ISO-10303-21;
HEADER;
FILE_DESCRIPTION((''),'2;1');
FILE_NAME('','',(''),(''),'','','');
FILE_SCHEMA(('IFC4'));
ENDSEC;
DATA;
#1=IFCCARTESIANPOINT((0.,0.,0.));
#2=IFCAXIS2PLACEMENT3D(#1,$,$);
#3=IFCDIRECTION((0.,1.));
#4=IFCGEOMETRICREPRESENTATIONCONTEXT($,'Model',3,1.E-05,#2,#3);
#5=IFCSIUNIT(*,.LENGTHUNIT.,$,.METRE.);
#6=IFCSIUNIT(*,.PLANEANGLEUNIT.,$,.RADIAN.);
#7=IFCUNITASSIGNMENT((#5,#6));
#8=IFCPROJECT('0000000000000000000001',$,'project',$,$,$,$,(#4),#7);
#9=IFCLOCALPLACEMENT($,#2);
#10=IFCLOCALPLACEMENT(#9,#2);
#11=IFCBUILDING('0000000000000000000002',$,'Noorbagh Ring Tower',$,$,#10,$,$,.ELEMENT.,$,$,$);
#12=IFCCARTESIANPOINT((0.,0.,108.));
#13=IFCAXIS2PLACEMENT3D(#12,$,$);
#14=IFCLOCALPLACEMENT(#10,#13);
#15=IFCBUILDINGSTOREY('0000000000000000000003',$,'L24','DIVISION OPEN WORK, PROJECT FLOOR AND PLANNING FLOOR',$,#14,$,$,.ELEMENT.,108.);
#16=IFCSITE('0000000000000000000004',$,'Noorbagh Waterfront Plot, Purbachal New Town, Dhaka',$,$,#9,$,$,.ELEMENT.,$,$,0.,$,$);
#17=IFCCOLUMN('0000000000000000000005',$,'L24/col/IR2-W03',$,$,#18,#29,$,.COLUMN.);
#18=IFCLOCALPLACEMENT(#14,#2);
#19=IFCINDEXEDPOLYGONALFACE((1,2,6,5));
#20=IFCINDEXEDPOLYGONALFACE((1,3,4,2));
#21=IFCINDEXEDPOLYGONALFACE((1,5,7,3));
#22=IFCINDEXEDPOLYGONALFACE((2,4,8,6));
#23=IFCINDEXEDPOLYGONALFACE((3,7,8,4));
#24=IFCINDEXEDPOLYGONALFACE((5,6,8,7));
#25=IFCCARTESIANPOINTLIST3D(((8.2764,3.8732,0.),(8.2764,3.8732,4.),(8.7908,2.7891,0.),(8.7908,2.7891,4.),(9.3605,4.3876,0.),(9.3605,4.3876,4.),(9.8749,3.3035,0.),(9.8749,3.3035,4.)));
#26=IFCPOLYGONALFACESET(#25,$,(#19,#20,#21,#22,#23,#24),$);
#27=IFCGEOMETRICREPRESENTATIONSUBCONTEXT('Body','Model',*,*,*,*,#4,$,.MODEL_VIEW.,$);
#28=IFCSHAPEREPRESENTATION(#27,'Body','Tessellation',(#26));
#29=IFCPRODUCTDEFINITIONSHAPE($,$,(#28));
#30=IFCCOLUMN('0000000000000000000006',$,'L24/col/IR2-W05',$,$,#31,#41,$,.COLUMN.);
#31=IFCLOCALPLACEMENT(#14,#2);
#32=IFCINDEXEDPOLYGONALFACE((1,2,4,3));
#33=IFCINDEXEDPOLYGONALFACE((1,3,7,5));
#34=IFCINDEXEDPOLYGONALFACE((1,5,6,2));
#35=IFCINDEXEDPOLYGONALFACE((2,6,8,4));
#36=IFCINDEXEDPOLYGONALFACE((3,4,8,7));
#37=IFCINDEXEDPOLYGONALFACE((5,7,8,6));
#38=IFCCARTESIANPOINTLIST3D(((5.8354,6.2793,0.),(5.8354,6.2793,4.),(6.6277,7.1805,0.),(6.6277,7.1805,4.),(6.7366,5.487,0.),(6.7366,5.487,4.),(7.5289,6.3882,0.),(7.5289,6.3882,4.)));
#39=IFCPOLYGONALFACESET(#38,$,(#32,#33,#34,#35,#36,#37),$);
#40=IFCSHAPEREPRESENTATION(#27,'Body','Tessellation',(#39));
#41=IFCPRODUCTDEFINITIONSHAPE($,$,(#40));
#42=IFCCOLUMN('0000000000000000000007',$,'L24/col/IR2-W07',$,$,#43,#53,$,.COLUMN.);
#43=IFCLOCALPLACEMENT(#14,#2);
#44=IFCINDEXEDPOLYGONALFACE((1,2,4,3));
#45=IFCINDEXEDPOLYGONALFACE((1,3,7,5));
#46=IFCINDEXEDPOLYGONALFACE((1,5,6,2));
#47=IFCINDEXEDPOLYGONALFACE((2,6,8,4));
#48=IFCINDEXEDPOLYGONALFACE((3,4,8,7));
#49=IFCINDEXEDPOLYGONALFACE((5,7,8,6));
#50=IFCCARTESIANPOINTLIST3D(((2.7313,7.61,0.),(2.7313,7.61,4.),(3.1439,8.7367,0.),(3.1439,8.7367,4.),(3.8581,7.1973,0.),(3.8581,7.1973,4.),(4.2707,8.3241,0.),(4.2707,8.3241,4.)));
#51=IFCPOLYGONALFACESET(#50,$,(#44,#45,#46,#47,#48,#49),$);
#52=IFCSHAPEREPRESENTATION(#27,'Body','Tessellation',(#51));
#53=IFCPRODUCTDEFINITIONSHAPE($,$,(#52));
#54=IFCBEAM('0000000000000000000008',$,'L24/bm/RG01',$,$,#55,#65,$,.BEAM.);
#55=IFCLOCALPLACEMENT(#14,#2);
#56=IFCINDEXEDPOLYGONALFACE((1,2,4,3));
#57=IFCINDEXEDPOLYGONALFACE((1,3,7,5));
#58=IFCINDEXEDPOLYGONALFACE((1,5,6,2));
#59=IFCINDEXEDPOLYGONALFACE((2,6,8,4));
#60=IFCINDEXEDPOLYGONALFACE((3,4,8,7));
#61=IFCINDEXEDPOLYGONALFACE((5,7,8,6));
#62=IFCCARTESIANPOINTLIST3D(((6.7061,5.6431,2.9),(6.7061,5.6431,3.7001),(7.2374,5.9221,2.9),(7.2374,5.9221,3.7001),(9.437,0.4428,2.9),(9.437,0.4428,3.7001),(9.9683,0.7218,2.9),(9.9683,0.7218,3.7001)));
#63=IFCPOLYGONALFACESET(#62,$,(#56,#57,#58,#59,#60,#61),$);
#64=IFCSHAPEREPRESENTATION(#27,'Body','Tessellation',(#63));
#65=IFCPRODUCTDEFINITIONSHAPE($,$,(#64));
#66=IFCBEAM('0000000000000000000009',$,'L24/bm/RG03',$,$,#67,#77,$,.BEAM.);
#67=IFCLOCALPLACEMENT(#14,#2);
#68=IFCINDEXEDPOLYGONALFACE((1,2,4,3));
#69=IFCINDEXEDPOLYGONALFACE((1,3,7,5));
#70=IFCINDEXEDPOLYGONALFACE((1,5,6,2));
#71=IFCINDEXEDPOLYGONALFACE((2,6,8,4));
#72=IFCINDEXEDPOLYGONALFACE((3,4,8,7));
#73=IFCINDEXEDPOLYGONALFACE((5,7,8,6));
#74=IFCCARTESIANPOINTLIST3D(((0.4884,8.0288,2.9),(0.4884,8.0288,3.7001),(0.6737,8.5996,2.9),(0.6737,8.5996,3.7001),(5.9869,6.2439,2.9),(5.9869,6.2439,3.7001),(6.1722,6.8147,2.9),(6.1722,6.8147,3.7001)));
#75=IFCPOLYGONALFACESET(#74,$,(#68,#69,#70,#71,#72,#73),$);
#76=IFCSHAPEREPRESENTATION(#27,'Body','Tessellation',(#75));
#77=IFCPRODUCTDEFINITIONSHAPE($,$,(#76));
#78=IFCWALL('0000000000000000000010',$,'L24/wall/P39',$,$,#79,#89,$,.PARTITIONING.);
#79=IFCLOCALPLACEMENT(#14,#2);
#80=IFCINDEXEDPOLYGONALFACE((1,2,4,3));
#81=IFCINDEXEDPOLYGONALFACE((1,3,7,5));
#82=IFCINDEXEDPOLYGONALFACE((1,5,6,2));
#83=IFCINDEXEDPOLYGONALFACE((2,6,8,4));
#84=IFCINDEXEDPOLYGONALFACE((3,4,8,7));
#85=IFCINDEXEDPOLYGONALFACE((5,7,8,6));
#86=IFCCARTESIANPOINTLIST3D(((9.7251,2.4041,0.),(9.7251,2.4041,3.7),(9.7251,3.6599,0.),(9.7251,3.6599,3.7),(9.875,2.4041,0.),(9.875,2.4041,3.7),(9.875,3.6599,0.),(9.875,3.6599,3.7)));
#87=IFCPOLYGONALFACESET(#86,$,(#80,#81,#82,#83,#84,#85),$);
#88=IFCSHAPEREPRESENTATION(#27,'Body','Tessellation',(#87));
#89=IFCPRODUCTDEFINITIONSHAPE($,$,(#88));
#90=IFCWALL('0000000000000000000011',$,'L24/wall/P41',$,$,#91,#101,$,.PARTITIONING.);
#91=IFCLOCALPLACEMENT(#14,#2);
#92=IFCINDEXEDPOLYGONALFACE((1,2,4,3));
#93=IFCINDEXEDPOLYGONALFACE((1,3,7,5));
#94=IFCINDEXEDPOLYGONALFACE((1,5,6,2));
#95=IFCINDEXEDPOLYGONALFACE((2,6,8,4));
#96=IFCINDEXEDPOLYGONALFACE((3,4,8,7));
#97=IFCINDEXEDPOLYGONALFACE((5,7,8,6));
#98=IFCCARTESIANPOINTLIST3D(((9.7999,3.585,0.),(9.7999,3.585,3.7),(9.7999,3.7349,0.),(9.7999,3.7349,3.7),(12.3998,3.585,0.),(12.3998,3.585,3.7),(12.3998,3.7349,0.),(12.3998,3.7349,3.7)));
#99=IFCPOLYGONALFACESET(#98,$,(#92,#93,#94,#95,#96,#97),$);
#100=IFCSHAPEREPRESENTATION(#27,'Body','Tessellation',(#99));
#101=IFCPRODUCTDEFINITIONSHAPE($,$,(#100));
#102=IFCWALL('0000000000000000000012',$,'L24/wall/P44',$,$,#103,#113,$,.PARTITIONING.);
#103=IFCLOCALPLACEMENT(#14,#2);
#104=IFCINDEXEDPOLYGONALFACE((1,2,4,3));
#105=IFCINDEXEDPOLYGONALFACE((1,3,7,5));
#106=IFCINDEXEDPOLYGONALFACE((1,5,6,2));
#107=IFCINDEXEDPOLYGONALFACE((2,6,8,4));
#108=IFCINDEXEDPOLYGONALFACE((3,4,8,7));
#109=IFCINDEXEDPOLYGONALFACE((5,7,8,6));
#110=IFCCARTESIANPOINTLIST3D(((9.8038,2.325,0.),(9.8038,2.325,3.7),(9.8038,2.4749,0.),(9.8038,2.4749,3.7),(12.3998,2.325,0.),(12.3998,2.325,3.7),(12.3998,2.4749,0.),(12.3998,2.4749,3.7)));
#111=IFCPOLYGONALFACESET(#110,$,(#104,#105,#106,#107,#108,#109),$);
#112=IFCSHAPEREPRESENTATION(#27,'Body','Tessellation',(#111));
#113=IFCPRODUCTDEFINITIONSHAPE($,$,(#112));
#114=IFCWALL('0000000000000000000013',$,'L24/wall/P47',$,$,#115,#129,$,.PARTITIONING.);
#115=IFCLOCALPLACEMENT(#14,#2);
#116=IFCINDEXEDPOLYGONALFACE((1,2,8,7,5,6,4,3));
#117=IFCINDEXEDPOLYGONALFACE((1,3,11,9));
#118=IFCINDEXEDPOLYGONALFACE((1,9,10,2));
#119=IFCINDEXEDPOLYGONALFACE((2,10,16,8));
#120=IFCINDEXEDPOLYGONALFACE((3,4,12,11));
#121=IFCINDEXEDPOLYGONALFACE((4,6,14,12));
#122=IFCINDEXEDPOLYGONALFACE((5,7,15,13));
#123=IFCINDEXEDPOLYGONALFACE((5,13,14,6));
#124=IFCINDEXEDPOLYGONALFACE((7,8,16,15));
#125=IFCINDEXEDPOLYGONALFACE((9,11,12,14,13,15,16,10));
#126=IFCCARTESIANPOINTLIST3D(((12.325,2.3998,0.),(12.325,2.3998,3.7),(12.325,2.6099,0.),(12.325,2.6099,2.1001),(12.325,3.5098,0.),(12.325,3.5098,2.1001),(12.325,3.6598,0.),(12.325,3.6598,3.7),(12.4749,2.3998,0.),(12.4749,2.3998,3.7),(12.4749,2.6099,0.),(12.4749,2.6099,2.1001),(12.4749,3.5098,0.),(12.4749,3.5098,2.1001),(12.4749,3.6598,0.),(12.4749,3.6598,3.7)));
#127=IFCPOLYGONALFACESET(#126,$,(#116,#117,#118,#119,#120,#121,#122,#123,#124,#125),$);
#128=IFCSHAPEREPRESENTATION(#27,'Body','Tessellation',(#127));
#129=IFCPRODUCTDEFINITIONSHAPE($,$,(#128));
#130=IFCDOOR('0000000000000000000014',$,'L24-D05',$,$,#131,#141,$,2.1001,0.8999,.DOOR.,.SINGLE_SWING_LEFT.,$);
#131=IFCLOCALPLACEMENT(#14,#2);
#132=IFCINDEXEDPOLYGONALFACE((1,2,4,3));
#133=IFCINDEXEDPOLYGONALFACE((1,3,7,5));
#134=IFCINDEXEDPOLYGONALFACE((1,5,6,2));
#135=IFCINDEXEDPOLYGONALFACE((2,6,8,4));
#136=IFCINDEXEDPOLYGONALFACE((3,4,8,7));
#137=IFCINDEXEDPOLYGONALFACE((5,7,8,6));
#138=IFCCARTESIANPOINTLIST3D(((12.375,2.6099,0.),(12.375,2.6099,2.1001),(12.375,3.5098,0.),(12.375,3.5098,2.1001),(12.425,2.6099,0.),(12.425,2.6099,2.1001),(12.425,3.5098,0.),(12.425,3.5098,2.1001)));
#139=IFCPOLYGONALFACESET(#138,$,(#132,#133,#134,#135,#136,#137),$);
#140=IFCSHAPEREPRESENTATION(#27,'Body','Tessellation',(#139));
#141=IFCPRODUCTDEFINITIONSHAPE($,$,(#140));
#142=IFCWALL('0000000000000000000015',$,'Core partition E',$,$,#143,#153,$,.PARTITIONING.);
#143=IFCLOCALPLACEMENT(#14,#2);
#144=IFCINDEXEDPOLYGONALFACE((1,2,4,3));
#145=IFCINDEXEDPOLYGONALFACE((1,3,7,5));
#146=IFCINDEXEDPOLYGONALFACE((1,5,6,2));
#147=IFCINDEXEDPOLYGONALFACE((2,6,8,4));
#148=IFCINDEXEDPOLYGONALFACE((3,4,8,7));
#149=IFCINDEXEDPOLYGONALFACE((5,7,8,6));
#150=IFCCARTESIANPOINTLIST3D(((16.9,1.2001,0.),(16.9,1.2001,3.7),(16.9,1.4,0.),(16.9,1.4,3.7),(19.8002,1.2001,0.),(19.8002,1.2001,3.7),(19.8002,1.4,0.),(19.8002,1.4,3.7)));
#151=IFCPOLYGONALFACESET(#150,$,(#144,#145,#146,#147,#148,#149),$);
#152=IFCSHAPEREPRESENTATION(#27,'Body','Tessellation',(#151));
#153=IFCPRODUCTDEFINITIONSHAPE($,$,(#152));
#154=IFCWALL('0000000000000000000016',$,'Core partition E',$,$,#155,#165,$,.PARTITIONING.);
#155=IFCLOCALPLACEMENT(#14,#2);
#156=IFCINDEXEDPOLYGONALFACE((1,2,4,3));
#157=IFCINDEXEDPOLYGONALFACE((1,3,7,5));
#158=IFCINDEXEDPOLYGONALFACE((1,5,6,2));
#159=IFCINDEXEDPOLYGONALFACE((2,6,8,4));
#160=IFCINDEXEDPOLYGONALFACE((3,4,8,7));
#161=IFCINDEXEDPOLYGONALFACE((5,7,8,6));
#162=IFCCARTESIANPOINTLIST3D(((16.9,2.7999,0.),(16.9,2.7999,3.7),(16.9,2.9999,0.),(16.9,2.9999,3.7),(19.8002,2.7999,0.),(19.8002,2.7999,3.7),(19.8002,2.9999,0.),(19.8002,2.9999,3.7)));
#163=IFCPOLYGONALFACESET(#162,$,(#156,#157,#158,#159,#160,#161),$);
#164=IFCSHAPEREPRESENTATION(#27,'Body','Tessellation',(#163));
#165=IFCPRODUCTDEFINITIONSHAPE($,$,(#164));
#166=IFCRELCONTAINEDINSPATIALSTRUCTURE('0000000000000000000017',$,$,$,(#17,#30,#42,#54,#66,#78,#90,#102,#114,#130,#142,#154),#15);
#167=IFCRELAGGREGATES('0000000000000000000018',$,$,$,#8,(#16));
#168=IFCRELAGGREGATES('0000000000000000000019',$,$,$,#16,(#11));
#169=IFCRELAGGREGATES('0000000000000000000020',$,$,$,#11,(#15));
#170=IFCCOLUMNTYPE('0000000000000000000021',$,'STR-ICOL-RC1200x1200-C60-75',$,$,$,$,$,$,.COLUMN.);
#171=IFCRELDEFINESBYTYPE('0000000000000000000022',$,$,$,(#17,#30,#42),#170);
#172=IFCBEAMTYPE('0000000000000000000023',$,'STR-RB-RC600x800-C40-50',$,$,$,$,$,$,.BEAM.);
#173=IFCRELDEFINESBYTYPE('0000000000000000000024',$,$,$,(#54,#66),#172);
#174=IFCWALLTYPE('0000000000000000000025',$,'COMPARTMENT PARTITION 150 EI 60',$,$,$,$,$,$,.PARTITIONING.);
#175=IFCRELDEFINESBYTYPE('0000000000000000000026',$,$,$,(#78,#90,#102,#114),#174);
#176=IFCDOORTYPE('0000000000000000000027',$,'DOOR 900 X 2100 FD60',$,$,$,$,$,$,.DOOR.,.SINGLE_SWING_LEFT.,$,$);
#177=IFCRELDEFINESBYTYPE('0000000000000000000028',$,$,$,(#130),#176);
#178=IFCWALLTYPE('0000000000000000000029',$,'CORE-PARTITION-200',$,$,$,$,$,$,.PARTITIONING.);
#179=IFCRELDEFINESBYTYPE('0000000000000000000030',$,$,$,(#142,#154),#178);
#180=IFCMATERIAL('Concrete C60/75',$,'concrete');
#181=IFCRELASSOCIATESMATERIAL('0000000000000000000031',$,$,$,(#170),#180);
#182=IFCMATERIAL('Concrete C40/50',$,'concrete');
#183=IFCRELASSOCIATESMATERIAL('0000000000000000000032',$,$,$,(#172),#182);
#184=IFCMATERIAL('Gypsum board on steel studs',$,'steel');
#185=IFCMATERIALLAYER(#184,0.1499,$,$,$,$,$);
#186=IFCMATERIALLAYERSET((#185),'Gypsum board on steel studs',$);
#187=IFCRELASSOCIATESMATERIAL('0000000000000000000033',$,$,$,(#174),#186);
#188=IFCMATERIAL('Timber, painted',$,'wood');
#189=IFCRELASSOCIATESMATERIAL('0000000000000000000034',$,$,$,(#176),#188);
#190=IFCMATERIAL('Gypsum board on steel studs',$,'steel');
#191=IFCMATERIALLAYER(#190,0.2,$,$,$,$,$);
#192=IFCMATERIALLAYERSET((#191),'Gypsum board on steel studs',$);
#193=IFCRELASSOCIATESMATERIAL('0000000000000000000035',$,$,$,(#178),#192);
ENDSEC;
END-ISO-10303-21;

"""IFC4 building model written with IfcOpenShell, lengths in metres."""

from ifc_helpers import new_model, si_unit, direction, frame, frame_2d, origin, origin_2d, place, context, subcontext, project, spatial, rectangle, extrude, material, layer, layer_set, material_profile, profile_set, type_object, element, fill, save


model = new_model("IFC4")

# Units and contexts
model_context = context("Model", 3, precision=1e-05, world=origin(), true_north=direction((0.0, 1.0)))
body_context = subcontext(model_context, "Body", "Model", "MODEL_VIEW")
ifc_project = project(units=[si_unit("LENGTHUNIT", "METRE"), si_unit("PLANEANGLEUNIT", "RADIAN")], contexts=[model_context])

# Site, building, storey
site_placement = place(None, origin())
site = spatial("IfcSite", under=ifc_project, at=site_placement, Name="Noorbagh Waterfront Plot, Purbachal New Town, Dhaka", CompositionType="ELEMENT", RefElevation=0.0)
building_placement = place(site_placement, origin())
building = spatial("IfcBuilding", under=site, at=building_placement, Name="Noorbagh Ring Tower", CompositionType="ELEMENT")
storey_placement = place(building_placement, frame((0.0, 0.0, 108.0)))
storey = spatial("IfcBuildingStorey", under=building, at=storey_placement, Name="L24", Description="DIVISION OPEN WORK, PROJECT FLOOR AND PLANNING FLOOR", CompositionType="ELEMENT", Elevation=108.0)

# Columns
ifc_material_1 = material(Name="Concrete C60/75", Category="concrete")
ifc_material_profile_1 = material_profile(ifc_material_1, rectangle(XDim=1.2, YDim=1.2, at=origin_2d()), Name="RC1200x1200")
ifc_profile_set_1 = profile_set([ifc_material_profile_1], Name="Concrete C60/75")
column_type = type_object("IfcColumnType", Name="STR-ICOL-RC1200x1200-C60-75", PredefinedType="COLUMN", material=ifc_profile_set_1)
for number, where, z_axis, x_axis, name in (
    (1, (9.0757, 3.5884, 0.0), (0.0, 0.0, 1.0), (-0.428667, 0.903463, 0.0), "L24/col/IR2-W03"),
    (2, (6.6821, 6.3337, 0.0), (0.0, 0.0, 1.0), (-0.751022, 0.660277, 0.0), "L24/col/IR2-W05"),
    (3, (3.501, 7.967, 0.0), (0.0, 0.0, 1.0), (-0.93902, 0.343864, 0.0), "L24/col/IR2-W07"),
):
    element("IfcColumn", number, at=place(storey_placement, frame(where, z_axis=z_axis, x_axis=x_axis)), inside=storey, type_object=column_type, Name=name, PredefinedType="COLUMN", context=body_context, shape_type="SweptSolid", body=[
        extrude(rectangle(XDim=1.2, YDim=1.2, at=origin_2d()), origin(), (0.0, 0.0, 1.0), 4.0),
    ])

# Beams
ifc_material_2 = material(Name="Concrete C40/50", Category="concrete")
ifc_material_profile_2 = material_profile(ifc_material_2, rectangle(XDim=0.6001, YDim=0.8, at=origin_2d()), Name="RC600x800")
ifc_profile_set_2 = profile_set([ifc_material_profile_2], Name="Concrete C40/50")
beam_type = type_object("IfcBeamType", Name="STR-RB-RC600x800-C40-50", PredefinedType="BEAM", material=ifc_profile_set_2)
beam_1_placement = place(storey_placement, frame((9.7026, 0.5823, 3.3), z_axis=(-0.464931, 0.885347, 0.0), x_axis=(-0.885347, -0.464931, 0.0)))
element("IfcBeam", 4, at=beam_1_placement, inside=storey, type_object=beam_type, Name="L24/bm/RG01", PredefinedType="BEAM", context=body_context, shape_type="SweptSolid", body=[
    extrude(rectangle(XDim=0.6001, YDim=0.8, at=origin_2d()), origin(), (0.0, 0.0, 1.0), 5.8738),
])
beam_2_placement = place(storey_placement, frame((6.0796, 6.5293, 3.3), z_axis=(-0.951141, 0.308756, 0.0), x_axis=(-0.308756, -0.951141, 0.0)))
element("IfcBeam", 5, at=beam_2_placement, inside=storey, type_object=beam_type, Name="L24/bm/RG03", PredefinedType="BEAM", context=body_context, shape_type="SweptSolid", body=[
    extrude(rectangle(XDim=0.6001, YDim=0.8, at=origin_2d()), origin(), (0.0, 0.0, 1.0), 5.781),
])

# Walls
ifc_material_3 = material(Name="Gypsum board on steel studs", Category="steel")
ifc_layer_1 = layer(ifc_material_3, 0.1499)
ifc_layer_set_1 = layer_set([ifc_layer_1], Name="Gypsum board on steel studs")
wall_type_1 = type_object("IfcWallType", Name="COMPARTMENT PARTITION 150 EI 60", PredefinedType="PARTITIONING", material=ifc_layer_set_1)
wall_1_placement = place(storey_placement, frame((9.8, 2.4041, 0.0), z_axis=(0.0, 0.0, 1.0), x_axis=(0.0, 1.0, 0.0)))
element("IfcWall", 6, at=wall_1_placement, inside=storey, type_object=wall_type_1, Name="L24/wall/P39", PredefinedType="PARTITIONING", context=body_context, shape_type="SweptSolid", body=[
    extrude(rectangle(XDim=1.2559, YDim=0.1499, at=frame_2d((0.6279, 0.0))), origin(), (0.0, 0.0, 1.0), 3.7),
])
wall_2_placement = place(storey_placement, frame((9.8, 3.6599, 0.0), z_axis=(0.0, 0.0, 1.0), x_axis=(1.0, 0.0, 0.0)))
element("IfcWall", 7, at=wall_2_placement, inside=storey, type_object=wall_type_1, Name="L24/wall/P41", PredefinedType="PARTITIONING", context=body_context, shape_type="SweptSolid", body=[
    extrude(rectangle(XDim=2.5999, YDim=0.1499, at=frame_2d((1.2998, 0.0))), origin(), (0.0, 0.0, 1.0), 3.7),
])
wall_3_placement = place(storey_placement, frame((9.804, 2.3999, 0.0), z_axis=(0.0, 0.0, 1.0), x_axis=(1.0, 0.0, 0.0)))
element("IfcWall", 8, at=wall_3_placement, inside=storey, type_object=wall_type_1, Name="L24/wall/P44", PredefinedType="PARTITIONING", context=body_context, shape_type="SweptSolid", body=[
    extrude(rectangle(XDim=2.5959, YDim=0.1499, at=frame_2d((1.2979, 0.0))), origin(), (0.0, 0.0, 1.0), 3.7),
])

# Wall, opening, door
wall_4_placement = place(storey_placement, frame((12.3999, 2.3999, 0.0), z_axis=(0.0, 0.0, 1.0), x_axis=(0.0, 1.0, 0.0)))
wall_4 = element("IfcWall", 9, at=wall_4_placement, inside=storey, type_object=wall_type_1, Name="L24/wall/P47", PredefinedType="PARTITIONING", context=body_context, shape_type="SweptSolid", body=[
    extrude(rectangle(XDim=1.26, YDim=0.1499, at=frame_2d((0.6299, 0.0))), origin(), (0.0, 0.0, 1.0), 3.7),
])
opening_1_placement = place(wall_4_placement, frame((0.21, 0.0, 0.0)))
opening_1 = element("IfcOpeningElement", 10, at=opening_1_placement, cuts=wall_4, PredefinedType="OPENING", context=body_context, shape_type="SweptSolid", body=[
    extrude(rectangle(XDim=0.8999, YDim=2.1001, at=frame_2d((0.45, 1.05))), frame((0.0, 0.085, 0.0), z_axis=(0.0, -1.0, 0.0), x_axis=(1.0, 0.0, 0.0)), (0.0, 0.0, 1.0), 0.1699),
])
ifc_material_4 = material(Name="Timber, painted", Category="wood")
door_type_1 = type_object("IfcDoorType", Name="DOOR 900 X 2100 FD60", OperationType="SINGLE_SWING_LEFT", PredefinedType="DOOR", material=ifc_material_4)
door_1_placement = place(opening_1_placement, origin())
door_1 = element("IfcDoor", 11, at=door_1_placement, inside=storey, type_object=door_type_1, Name="L24-D05", OperationType="SINGLE_SWING_LEFT", OverallHeight=2.1001, OverallWidth=0.8999, PredefinedType="DOOR", context=body_context, shape_type="SweptSolid", body=[
    extrude(rectangle(XDim=0.8999, YDim=2.1001, at=frame_2d((0.45, 1.05))), frame((0.0, 0.0249, 0.0), z_axis=(0.0, -1.0, 0.0), x_axis=(1.0, 0.0, 0.0)), (0.0, 0.0, 1.0), 0.05),
])
fill(opening_1, door_1)

# Walls
ifc_material_5 = material(Name="Gypsum board on steel studs", Category="steel")
ifc_layer_2 = layer(ifc_material_5, 0.2)
ifc_layer_set_2 = layer_set([ifc_layer_2], Name="Gypsum board on steel studs")
wall_type_2 = type_object("IfcWallType", Name="CORE-PARTITION-200", PredefinedType="PARTITIONING", material=ifc_layer_set_2)
for number, where, z_axis, x_axis, name in (
    (12, (16.8999, 1.3, 0.0), (0.0, 0.0, 1.0), (1.0, 0.0, 0.0), "Core partition E"),
    (13, (16.8999, 2.8999, 0.0), (0.0, 0.0, 1.0), (1.0, 0.0, 0.0), "Core partition E"),
):
    element("IfcWall", number, at=place(storey_placement, frame(where, z_axis=z_axis, x_axis=x_axis)), inside=storey, type_object=wall_type_2, Name=name, PredefinedType="PARTITIONING", context=body_context, shape_type="SweptSolid", body=[
        extrude(rectangle(XDim=2.9001, YDim=0.2, at=frame_2d((1.4502, 0.0))), origin(), (0.0, 0.0, 1.0), 3.7),
    ])

save(model, "model.ifc")
